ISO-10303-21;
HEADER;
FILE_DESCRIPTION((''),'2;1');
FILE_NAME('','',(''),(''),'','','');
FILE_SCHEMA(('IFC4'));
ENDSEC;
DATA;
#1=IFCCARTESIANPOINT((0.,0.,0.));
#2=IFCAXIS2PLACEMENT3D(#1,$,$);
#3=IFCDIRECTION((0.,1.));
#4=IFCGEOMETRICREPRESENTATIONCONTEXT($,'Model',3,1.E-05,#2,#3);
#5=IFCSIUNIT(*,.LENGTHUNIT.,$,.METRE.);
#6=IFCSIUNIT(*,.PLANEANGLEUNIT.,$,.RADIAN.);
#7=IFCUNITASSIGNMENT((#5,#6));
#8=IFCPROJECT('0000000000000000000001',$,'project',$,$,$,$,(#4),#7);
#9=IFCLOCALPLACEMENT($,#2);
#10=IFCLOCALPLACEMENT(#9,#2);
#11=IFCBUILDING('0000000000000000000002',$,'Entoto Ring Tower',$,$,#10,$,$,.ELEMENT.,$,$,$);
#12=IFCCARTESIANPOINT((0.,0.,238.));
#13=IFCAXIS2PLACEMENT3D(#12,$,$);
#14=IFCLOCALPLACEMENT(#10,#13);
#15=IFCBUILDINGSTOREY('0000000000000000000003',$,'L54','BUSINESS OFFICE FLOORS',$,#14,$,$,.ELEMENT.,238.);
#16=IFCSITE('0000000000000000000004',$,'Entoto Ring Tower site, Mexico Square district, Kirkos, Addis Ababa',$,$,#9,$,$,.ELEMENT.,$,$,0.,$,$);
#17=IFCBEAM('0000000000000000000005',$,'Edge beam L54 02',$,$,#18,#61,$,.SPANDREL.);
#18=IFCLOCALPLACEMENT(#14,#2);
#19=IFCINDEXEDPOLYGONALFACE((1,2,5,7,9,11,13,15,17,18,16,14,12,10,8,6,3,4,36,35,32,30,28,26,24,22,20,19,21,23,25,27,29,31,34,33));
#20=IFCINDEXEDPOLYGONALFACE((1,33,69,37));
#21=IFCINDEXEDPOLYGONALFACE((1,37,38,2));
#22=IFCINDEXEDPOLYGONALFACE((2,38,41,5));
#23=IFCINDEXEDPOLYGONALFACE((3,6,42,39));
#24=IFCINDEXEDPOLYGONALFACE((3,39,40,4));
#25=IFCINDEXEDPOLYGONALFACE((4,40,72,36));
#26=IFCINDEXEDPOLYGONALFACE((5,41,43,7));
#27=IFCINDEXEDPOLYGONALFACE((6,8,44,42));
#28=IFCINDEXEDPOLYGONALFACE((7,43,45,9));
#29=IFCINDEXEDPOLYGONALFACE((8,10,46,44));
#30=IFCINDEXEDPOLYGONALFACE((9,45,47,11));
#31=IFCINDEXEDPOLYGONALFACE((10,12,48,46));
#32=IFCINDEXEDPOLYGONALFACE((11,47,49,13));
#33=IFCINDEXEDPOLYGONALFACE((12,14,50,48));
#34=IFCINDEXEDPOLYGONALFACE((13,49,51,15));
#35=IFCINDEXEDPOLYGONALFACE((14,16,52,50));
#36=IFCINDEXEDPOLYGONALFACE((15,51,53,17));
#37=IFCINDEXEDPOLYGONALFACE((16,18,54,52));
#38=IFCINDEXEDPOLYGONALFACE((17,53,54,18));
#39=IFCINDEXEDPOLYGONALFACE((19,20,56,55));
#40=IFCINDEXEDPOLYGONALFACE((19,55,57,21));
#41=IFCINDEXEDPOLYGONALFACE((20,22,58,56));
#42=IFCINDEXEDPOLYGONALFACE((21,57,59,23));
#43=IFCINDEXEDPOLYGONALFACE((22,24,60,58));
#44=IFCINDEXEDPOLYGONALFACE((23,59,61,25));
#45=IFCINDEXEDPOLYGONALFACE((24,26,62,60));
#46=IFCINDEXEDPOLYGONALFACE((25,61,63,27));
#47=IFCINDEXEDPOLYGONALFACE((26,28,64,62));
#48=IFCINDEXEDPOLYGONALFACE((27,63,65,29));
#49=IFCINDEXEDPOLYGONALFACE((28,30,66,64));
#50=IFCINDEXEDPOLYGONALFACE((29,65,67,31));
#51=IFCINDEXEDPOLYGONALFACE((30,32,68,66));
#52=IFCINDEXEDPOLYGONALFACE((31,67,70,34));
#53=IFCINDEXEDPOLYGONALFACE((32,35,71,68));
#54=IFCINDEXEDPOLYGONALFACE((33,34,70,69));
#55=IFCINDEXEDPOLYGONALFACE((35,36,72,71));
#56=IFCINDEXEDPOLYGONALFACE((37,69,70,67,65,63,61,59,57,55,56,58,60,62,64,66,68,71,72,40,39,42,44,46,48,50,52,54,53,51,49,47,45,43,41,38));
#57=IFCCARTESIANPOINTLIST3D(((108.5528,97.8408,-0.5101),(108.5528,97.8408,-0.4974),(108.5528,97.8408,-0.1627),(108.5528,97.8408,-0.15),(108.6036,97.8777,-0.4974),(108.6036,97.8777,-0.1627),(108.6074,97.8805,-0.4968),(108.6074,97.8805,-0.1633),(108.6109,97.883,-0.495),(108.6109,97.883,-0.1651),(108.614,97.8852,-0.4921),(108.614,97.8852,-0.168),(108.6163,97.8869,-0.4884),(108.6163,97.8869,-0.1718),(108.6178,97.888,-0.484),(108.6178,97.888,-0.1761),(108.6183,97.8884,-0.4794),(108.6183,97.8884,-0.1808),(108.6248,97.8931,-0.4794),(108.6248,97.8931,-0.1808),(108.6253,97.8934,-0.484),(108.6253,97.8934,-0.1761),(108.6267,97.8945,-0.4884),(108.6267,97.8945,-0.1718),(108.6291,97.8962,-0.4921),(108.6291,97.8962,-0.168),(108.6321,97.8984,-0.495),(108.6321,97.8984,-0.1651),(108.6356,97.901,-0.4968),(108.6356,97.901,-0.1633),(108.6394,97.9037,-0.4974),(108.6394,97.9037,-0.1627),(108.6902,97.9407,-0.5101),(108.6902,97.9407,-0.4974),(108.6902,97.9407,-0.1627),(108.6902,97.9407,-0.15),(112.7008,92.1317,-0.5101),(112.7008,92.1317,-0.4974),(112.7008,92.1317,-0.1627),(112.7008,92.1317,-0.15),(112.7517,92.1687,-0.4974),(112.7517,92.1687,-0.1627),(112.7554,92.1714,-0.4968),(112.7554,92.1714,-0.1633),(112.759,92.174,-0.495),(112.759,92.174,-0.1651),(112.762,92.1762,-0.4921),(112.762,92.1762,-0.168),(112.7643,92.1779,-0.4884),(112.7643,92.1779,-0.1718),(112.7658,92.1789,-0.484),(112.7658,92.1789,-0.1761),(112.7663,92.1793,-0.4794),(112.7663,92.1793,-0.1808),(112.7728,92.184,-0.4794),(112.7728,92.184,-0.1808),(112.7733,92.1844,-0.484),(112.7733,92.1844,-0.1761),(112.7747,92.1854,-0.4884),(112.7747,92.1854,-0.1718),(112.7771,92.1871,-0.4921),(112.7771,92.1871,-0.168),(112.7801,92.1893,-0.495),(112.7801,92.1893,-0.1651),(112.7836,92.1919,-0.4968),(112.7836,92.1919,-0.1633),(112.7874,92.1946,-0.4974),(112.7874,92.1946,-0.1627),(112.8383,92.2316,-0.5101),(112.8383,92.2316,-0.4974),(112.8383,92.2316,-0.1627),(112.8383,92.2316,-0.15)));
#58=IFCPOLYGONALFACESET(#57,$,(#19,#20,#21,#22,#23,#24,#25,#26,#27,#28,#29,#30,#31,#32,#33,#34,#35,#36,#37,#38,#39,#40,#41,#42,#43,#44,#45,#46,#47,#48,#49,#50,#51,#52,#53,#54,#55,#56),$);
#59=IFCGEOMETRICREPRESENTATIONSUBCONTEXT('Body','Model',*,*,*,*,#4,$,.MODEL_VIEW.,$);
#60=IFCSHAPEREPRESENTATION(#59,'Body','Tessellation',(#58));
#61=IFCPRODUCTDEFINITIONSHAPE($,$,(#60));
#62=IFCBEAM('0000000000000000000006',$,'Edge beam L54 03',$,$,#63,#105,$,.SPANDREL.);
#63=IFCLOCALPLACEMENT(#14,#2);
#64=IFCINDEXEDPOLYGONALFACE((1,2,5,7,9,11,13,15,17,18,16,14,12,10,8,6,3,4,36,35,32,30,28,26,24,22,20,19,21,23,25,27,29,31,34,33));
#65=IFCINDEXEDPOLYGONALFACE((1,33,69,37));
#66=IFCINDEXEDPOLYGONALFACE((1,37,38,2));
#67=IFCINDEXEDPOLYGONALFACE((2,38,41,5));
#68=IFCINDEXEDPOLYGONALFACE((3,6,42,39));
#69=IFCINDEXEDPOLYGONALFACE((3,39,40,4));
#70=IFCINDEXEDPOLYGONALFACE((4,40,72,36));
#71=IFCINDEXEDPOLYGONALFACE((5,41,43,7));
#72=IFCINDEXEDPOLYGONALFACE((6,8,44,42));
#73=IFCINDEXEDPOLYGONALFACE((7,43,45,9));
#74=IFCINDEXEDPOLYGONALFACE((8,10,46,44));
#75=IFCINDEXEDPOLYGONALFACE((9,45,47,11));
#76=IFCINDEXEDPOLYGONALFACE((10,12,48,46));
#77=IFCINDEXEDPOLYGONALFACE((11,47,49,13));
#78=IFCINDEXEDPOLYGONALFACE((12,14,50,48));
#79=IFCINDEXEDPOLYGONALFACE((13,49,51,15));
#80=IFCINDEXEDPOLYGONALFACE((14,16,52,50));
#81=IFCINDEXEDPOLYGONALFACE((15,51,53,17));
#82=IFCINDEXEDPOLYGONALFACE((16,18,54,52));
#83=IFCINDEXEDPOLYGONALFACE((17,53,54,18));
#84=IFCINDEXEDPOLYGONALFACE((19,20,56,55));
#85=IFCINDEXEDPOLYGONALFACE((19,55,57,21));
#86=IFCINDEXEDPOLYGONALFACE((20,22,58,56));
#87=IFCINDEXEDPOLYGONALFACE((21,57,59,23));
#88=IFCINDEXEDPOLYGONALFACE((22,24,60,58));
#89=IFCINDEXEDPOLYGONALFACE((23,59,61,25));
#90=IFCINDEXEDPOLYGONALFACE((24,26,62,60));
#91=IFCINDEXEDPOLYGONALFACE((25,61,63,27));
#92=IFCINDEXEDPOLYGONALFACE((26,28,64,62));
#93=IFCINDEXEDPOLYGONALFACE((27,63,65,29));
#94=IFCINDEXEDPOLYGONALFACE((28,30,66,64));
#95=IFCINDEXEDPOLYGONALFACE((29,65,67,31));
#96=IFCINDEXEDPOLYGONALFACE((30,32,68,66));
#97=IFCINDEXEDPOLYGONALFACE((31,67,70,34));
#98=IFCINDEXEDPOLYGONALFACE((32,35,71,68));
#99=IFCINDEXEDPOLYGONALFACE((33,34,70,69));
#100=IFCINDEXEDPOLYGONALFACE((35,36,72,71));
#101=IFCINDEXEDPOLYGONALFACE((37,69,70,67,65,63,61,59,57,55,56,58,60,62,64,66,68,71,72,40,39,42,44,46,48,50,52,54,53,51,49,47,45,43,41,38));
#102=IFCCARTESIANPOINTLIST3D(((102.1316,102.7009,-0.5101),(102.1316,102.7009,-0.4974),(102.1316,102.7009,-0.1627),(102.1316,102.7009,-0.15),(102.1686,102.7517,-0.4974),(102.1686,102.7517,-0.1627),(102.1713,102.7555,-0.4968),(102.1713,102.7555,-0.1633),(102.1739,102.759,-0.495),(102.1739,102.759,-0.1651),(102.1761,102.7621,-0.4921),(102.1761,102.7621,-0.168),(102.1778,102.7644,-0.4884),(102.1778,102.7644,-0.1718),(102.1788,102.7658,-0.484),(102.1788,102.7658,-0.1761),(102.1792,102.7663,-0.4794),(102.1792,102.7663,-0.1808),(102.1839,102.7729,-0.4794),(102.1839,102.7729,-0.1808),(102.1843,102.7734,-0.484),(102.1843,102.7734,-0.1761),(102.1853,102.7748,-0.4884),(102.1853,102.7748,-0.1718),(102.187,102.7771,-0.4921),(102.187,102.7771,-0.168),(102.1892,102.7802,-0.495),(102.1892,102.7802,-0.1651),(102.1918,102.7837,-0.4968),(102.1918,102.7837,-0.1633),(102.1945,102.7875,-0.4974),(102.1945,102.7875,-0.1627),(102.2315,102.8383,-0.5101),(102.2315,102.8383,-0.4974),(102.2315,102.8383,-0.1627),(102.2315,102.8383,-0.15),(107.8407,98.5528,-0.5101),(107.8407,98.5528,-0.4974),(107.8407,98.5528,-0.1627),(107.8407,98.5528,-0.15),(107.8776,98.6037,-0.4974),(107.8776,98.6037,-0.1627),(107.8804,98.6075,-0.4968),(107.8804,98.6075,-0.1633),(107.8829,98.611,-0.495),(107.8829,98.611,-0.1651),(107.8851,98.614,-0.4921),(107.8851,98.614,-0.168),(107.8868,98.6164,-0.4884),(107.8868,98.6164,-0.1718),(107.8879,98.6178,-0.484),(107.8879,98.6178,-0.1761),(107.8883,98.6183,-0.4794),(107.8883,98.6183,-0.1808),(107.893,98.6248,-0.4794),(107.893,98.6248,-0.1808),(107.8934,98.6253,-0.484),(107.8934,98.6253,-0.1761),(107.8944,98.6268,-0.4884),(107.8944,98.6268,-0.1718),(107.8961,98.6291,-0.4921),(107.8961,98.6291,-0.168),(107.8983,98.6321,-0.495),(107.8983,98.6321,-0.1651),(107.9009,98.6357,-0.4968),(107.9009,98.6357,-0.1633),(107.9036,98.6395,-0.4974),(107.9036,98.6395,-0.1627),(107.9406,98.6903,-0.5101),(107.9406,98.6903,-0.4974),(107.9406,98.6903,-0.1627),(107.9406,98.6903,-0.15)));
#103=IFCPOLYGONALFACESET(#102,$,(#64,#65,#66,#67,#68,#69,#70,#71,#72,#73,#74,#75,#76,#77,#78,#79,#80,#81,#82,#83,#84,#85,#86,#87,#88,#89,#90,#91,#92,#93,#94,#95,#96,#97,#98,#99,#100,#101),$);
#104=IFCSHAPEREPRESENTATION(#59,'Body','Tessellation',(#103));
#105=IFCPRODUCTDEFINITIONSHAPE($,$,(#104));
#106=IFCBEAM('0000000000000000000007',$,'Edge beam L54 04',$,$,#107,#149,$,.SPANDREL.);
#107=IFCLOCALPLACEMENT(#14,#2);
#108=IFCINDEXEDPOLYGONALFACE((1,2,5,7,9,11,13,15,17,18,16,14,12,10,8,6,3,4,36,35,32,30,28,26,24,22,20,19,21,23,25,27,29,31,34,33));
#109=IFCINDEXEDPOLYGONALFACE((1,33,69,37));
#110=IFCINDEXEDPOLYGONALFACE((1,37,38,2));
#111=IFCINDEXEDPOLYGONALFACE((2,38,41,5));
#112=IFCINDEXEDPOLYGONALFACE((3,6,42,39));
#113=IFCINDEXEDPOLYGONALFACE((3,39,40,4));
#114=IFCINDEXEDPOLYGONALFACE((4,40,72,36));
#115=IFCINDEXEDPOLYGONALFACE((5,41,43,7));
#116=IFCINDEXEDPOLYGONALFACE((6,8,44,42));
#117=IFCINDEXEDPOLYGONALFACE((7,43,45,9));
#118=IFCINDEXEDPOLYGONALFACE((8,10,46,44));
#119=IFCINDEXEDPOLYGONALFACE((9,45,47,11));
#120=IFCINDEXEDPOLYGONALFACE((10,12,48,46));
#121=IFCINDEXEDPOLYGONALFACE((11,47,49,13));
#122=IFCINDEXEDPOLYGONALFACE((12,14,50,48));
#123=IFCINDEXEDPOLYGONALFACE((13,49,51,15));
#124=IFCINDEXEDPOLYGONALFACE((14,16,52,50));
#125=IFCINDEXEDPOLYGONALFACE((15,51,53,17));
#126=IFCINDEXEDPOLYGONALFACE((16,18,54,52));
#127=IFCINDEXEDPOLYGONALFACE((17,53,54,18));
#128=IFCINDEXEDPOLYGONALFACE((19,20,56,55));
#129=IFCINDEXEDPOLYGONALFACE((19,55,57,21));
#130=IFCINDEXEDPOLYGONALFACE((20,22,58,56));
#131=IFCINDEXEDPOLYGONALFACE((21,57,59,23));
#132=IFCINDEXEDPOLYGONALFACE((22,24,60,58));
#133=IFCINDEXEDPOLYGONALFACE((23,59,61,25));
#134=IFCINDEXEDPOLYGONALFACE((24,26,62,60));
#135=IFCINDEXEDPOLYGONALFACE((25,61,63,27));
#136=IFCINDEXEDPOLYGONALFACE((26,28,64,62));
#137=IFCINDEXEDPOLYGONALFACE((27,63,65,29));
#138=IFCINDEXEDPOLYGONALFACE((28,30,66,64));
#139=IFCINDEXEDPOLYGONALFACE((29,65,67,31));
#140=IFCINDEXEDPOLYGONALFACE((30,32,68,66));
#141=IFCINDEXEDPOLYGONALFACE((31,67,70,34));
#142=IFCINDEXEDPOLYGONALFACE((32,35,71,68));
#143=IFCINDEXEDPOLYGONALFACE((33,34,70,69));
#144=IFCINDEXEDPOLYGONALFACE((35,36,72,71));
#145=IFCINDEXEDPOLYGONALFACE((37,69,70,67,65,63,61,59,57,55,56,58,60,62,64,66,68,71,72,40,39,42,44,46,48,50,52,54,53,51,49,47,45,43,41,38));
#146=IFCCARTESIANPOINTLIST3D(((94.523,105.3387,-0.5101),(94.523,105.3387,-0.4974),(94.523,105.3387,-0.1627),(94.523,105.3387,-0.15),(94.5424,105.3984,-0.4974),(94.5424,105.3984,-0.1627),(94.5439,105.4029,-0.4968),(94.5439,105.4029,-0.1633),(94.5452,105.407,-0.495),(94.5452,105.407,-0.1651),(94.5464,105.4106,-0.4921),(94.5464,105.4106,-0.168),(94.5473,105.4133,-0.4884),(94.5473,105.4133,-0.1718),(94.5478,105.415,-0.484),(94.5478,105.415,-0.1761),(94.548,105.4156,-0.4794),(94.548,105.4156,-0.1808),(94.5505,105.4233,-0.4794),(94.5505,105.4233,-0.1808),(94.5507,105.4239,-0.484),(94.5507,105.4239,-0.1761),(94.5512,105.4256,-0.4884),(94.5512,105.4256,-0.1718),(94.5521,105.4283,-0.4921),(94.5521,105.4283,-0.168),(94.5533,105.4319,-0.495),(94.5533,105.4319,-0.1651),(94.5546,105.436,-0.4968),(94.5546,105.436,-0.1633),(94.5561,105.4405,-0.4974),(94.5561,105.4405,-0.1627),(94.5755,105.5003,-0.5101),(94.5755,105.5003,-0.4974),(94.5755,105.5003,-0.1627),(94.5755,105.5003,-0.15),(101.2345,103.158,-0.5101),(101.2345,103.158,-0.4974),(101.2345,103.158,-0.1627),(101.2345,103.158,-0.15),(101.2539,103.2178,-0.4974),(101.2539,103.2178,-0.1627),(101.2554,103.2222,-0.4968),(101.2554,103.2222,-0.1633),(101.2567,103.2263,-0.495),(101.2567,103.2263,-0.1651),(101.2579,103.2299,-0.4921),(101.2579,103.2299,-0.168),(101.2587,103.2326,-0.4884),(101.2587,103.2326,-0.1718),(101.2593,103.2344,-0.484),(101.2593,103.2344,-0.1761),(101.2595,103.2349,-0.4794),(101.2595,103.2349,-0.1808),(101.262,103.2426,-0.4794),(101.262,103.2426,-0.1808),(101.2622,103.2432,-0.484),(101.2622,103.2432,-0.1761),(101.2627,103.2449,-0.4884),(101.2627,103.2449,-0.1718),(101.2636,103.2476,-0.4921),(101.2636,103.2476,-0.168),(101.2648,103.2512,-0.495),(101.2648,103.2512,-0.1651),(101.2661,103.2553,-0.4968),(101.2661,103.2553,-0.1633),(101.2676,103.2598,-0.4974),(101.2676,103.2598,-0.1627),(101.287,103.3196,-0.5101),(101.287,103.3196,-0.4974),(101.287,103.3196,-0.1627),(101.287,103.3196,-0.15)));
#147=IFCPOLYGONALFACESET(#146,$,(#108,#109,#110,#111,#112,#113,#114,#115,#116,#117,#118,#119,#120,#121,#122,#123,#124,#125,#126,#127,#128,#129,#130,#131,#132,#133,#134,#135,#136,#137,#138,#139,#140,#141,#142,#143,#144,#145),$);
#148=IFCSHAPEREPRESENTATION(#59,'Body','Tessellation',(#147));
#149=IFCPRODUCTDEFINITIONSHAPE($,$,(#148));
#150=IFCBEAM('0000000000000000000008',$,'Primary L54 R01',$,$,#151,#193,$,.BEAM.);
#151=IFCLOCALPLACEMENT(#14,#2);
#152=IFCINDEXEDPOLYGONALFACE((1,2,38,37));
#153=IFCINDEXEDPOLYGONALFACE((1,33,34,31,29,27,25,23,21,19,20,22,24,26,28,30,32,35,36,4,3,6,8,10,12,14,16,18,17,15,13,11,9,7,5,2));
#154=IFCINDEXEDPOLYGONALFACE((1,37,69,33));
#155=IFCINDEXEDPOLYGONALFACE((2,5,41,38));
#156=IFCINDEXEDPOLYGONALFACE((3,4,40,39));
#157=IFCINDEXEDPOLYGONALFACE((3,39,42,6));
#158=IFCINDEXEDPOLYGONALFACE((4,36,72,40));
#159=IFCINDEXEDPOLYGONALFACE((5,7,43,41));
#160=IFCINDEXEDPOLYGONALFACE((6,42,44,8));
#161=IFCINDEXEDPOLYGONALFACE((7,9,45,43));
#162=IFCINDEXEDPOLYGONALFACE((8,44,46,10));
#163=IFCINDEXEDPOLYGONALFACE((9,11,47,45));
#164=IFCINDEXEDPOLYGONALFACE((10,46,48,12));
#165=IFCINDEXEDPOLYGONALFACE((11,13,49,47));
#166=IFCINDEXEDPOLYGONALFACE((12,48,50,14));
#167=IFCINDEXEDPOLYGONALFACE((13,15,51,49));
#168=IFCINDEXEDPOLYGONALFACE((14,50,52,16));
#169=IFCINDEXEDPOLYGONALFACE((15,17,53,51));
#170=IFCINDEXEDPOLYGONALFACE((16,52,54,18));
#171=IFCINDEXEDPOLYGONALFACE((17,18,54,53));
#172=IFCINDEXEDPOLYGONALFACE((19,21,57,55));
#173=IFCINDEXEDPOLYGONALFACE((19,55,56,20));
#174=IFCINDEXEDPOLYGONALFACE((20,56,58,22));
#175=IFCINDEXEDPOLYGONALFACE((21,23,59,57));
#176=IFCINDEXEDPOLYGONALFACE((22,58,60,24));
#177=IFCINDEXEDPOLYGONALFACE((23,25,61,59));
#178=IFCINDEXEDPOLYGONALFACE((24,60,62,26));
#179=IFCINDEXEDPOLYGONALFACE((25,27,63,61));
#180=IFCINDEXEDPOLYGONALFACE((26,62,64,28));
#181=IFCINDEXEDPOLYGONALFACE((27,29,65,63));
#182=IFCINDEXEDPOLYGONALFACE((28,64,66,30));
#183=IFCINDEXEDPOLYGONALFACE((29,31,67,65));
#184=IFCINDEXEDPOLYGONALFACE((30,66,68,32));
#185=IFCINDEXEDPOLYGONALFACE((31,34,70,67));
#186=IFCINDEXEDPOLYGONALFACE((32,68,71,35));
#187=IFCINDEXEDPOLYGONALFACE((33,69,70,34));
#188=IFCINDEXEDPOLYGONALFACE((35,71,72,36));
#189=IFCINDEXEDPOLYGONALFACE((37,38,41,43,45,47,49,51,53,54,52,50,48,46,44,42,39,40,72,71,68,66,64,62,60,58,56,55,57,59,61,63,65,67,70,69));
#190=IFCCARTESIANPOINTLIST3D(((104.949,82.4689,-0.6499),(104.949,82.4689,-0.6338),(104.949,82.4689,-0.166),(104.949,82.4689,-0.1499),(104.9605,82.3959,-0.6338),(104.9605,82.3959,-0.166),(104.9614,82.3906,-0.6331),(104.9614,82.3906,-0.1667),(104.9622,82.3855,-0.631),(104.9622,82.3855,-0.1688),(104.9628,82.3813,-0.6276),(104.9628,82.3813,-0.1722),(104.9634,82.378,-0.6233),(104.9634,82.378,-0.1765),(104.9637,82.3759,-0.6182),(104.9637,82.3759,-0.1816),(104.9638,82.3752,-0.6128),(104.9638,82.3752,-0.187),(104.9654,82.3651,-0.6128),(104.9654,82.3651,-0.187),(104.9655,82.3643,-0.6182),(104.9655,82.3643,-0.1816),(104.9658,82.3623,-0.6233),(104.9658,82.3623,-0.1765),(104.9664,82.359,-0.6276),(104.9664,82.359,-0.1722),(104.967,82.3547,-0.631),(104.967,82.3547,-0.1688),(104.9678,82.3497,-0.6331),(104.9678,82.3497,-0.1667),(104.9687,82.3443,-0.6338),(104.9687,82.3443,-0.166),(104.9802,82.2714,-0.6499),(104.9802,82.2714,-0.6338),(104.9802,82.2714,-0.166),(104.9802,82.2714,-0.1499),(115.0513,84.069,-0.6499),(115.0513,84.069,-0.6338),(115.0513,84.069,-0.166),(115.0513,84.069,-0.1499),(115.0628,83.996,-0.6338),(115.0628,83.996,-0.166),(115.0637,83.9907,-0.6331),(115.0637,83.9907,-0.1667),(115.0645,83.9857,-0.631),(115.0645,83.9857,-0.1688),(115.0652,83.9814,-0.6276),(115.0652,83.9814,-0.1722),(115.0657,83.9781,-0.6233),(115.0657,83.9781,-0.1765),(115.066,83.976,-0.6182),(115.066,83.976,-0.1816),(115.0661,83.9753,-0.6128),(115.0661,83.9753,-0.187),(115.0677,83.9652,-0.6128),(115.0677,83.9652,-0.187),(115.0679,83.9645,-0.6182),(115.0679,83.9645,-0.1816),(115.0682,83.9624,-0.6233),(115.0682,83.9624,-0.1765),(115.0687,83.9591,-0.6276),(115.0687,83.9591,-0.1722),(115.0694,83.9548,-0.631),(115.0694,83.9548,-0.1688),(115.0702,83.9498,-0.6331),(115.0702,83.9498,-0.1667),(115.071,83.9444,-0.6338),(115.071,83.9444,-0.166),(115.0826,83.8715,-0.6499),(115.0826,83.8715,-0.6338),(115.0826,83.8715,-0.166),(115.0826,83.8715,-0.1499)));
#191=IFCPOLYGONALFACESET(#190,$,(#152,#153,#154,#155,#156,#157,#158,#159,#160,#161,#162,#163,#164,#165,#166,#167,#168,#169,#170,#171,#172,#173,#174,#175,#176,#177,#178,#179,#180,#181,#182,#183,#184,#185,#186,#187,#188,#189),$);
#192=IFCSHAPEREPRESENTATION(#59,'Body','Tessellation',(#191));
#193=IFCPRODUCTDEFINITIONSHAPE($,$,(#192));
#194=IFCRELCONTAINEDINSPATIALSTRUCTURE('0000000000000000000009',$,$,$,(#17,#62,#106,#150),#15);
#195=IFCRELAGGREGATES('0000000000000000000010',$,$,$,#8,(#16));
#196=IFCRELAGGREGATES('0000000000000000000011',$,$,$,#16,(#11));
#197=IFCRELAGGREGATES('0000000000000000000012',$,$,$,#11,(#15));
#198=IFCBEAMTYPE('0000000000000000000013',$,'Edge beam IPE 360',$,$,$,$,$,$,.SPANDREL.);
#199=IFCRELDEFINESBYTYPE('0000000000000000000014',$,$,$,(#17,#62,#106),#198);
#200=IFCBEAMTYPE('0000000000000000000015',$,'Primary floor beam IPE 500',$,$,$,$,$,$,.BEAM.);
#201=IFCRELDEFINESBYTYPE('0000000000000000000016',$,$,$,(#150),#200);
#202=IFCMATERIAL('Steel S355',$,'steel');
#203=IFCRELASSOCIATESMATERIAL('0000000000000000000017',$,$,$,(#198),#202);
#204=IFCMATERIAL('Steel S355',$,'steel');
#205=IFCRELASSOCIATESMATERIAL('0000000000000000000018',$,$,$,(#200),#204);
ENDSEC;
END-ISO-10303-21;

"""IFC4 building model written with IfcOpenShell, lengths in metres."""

from ifc_helpers import new_model, si_unit, direction, frame, origin, origin_2d, place, context, subcontext, project, spatial, i_section, extrude, material, material_profile, profile_set, type_object, element, save


model = new_model("IFC4")

# Units and contexts
model_context = context("Model", 3, precision=1e-05, world=origin(), true_north=direction((0.0, 1.0)))
body_context = subcontext(model_context, "Body", "Model", "MODEL_VIEW")
ifc_project = project(units=[si_unit("LENGTHUNIT", "METRE"), si_unit("PLANEANGLEUNIT", "RADIAN")], contexts=[model_context])

# Site, building, storey
site_placement = place(None, origin())
site = spatial("IfcSite", under=ifc_project, at=site_placement, Name="Entoto Ring Tower site, Mexico Square district, Kirkos, Addis Ababa", CompositionType="ELEMENT", RefElevation=0.0)
building_placement = place(site_placement, origin())
building = spatial("IfcBuilding", under=site, at=building_placement, Name="Entoto Ring Tower", CompositionType="ELEMENT")
storey_placement = place(building_placement, frame((0.0, 0.0, 238.0)))
storey = spatial("IfcBuildingStorey", under=building, at=storey_placement, Name="L54", Description="BUSINESS OFFICE FLOORS", CompositionType="ELEMENT", Elevation=238.0)

# Beams
ifc_material_1 = material(Name="Steel S355", Category="steel")
ifc_material_profile_1 = material_profile(ifc_material_1, i_section(OverallWidth=0.1699, OverallDepth=0.3601, WebThickness=0.0081, FlangeThickness=0.0127, FilletRadius=0.0181, at=origin_2d()), Name="IPE 360")
ifc_profile_set_1 = profile_set([ifc_material_profile_1], Name="Steel S355")
beam_type_1 = type_object("IfcBeamType", Name="Edge beam IPE 360", PredefinedType="SPANDREL", material=ifc_profile_set_1)
for number, where, z_axis, x_axis, name in (
    (1, (112.7695, 92.1816, -0.3301), (-0.587797, 0.809008, 0.0), (-0.809008, -0.587797, 0.0), "Edge beam L54 02"),
    (2, (107.8906, 98.6216, -0.3301), (-0.809008, 0.587797, 0.0), (-0.587797, -0.809008, 0.0), "Edge beam L54 03"),
    (3, (101.2607, 103.2388, -0.3301), (-0.951057, 0.309016, 0.0), (-0.309016, -0.951057, 0.0), "Edge beam L54 04"),
):
    element("IfcBeam", number, at=place(storey_placement, frame(where, z_axis=z_axis, x_axis=x_axis)), inside=storey, type_object=beam_type_1, Name=name, PredefinedType="SPANDREL", context=body_context, shape_type="SweptSolid", body=[
        extrude(i_section(OverallWidth=0.1699, OverallDepth=0.3601, WebThickness=0.0081, FlangeThickness=0.0127, FilletRadius=0.0181, at=origin_2d()), origin(), (0.0, 0.0, 1.0), 7.0569),
    ])
ifc_material_2 = material(Name="Steel S355", Category="steel")
ifc_material_profile_2 = material_profile(ifc_material_2, i_section(OverallWidth=0.2, OverallDepth=0.5, WebThickness=0.0103, FlangeThickness=0.0161, FilletRadius=0.021, at=origin_2d()), Name="IPE 500")
ifc_profile_set_2 = profile_set([ifc_material_profile_2], Name="Steel S355")
beam_type_2 = type_object("IfcBeamType", Name="Primary floor beam IPE 500", PredefinedType="BEAM", material=ifc_profile_set_2)
beam_1_placement = place(storey_placement, frame((104.9646, 82.3701, -0.3999), z_axis=(0.987688, 0.156439, 0.0), x_axis=(-0.156439, 0.987688, 0.0)))
element("IfcBeam", 4, at=beam_1_placement, inside=storey, type_object=beam_type_2, Name="Primary L54 R01", PredefinedType="BEAM", context=body_context, shape_type="SweptSolid", body=[
    extrude(i_section(OverallWidth=0.2, OverallDepth=0.5, WebThickness=0.0103, FlangeThickness=0.0161, FilletRadius=0.021, at=origin_2d()), origin(), (0.0, 0.0, 1.0), 10.2283),
])

save(model, "model.ifc")
